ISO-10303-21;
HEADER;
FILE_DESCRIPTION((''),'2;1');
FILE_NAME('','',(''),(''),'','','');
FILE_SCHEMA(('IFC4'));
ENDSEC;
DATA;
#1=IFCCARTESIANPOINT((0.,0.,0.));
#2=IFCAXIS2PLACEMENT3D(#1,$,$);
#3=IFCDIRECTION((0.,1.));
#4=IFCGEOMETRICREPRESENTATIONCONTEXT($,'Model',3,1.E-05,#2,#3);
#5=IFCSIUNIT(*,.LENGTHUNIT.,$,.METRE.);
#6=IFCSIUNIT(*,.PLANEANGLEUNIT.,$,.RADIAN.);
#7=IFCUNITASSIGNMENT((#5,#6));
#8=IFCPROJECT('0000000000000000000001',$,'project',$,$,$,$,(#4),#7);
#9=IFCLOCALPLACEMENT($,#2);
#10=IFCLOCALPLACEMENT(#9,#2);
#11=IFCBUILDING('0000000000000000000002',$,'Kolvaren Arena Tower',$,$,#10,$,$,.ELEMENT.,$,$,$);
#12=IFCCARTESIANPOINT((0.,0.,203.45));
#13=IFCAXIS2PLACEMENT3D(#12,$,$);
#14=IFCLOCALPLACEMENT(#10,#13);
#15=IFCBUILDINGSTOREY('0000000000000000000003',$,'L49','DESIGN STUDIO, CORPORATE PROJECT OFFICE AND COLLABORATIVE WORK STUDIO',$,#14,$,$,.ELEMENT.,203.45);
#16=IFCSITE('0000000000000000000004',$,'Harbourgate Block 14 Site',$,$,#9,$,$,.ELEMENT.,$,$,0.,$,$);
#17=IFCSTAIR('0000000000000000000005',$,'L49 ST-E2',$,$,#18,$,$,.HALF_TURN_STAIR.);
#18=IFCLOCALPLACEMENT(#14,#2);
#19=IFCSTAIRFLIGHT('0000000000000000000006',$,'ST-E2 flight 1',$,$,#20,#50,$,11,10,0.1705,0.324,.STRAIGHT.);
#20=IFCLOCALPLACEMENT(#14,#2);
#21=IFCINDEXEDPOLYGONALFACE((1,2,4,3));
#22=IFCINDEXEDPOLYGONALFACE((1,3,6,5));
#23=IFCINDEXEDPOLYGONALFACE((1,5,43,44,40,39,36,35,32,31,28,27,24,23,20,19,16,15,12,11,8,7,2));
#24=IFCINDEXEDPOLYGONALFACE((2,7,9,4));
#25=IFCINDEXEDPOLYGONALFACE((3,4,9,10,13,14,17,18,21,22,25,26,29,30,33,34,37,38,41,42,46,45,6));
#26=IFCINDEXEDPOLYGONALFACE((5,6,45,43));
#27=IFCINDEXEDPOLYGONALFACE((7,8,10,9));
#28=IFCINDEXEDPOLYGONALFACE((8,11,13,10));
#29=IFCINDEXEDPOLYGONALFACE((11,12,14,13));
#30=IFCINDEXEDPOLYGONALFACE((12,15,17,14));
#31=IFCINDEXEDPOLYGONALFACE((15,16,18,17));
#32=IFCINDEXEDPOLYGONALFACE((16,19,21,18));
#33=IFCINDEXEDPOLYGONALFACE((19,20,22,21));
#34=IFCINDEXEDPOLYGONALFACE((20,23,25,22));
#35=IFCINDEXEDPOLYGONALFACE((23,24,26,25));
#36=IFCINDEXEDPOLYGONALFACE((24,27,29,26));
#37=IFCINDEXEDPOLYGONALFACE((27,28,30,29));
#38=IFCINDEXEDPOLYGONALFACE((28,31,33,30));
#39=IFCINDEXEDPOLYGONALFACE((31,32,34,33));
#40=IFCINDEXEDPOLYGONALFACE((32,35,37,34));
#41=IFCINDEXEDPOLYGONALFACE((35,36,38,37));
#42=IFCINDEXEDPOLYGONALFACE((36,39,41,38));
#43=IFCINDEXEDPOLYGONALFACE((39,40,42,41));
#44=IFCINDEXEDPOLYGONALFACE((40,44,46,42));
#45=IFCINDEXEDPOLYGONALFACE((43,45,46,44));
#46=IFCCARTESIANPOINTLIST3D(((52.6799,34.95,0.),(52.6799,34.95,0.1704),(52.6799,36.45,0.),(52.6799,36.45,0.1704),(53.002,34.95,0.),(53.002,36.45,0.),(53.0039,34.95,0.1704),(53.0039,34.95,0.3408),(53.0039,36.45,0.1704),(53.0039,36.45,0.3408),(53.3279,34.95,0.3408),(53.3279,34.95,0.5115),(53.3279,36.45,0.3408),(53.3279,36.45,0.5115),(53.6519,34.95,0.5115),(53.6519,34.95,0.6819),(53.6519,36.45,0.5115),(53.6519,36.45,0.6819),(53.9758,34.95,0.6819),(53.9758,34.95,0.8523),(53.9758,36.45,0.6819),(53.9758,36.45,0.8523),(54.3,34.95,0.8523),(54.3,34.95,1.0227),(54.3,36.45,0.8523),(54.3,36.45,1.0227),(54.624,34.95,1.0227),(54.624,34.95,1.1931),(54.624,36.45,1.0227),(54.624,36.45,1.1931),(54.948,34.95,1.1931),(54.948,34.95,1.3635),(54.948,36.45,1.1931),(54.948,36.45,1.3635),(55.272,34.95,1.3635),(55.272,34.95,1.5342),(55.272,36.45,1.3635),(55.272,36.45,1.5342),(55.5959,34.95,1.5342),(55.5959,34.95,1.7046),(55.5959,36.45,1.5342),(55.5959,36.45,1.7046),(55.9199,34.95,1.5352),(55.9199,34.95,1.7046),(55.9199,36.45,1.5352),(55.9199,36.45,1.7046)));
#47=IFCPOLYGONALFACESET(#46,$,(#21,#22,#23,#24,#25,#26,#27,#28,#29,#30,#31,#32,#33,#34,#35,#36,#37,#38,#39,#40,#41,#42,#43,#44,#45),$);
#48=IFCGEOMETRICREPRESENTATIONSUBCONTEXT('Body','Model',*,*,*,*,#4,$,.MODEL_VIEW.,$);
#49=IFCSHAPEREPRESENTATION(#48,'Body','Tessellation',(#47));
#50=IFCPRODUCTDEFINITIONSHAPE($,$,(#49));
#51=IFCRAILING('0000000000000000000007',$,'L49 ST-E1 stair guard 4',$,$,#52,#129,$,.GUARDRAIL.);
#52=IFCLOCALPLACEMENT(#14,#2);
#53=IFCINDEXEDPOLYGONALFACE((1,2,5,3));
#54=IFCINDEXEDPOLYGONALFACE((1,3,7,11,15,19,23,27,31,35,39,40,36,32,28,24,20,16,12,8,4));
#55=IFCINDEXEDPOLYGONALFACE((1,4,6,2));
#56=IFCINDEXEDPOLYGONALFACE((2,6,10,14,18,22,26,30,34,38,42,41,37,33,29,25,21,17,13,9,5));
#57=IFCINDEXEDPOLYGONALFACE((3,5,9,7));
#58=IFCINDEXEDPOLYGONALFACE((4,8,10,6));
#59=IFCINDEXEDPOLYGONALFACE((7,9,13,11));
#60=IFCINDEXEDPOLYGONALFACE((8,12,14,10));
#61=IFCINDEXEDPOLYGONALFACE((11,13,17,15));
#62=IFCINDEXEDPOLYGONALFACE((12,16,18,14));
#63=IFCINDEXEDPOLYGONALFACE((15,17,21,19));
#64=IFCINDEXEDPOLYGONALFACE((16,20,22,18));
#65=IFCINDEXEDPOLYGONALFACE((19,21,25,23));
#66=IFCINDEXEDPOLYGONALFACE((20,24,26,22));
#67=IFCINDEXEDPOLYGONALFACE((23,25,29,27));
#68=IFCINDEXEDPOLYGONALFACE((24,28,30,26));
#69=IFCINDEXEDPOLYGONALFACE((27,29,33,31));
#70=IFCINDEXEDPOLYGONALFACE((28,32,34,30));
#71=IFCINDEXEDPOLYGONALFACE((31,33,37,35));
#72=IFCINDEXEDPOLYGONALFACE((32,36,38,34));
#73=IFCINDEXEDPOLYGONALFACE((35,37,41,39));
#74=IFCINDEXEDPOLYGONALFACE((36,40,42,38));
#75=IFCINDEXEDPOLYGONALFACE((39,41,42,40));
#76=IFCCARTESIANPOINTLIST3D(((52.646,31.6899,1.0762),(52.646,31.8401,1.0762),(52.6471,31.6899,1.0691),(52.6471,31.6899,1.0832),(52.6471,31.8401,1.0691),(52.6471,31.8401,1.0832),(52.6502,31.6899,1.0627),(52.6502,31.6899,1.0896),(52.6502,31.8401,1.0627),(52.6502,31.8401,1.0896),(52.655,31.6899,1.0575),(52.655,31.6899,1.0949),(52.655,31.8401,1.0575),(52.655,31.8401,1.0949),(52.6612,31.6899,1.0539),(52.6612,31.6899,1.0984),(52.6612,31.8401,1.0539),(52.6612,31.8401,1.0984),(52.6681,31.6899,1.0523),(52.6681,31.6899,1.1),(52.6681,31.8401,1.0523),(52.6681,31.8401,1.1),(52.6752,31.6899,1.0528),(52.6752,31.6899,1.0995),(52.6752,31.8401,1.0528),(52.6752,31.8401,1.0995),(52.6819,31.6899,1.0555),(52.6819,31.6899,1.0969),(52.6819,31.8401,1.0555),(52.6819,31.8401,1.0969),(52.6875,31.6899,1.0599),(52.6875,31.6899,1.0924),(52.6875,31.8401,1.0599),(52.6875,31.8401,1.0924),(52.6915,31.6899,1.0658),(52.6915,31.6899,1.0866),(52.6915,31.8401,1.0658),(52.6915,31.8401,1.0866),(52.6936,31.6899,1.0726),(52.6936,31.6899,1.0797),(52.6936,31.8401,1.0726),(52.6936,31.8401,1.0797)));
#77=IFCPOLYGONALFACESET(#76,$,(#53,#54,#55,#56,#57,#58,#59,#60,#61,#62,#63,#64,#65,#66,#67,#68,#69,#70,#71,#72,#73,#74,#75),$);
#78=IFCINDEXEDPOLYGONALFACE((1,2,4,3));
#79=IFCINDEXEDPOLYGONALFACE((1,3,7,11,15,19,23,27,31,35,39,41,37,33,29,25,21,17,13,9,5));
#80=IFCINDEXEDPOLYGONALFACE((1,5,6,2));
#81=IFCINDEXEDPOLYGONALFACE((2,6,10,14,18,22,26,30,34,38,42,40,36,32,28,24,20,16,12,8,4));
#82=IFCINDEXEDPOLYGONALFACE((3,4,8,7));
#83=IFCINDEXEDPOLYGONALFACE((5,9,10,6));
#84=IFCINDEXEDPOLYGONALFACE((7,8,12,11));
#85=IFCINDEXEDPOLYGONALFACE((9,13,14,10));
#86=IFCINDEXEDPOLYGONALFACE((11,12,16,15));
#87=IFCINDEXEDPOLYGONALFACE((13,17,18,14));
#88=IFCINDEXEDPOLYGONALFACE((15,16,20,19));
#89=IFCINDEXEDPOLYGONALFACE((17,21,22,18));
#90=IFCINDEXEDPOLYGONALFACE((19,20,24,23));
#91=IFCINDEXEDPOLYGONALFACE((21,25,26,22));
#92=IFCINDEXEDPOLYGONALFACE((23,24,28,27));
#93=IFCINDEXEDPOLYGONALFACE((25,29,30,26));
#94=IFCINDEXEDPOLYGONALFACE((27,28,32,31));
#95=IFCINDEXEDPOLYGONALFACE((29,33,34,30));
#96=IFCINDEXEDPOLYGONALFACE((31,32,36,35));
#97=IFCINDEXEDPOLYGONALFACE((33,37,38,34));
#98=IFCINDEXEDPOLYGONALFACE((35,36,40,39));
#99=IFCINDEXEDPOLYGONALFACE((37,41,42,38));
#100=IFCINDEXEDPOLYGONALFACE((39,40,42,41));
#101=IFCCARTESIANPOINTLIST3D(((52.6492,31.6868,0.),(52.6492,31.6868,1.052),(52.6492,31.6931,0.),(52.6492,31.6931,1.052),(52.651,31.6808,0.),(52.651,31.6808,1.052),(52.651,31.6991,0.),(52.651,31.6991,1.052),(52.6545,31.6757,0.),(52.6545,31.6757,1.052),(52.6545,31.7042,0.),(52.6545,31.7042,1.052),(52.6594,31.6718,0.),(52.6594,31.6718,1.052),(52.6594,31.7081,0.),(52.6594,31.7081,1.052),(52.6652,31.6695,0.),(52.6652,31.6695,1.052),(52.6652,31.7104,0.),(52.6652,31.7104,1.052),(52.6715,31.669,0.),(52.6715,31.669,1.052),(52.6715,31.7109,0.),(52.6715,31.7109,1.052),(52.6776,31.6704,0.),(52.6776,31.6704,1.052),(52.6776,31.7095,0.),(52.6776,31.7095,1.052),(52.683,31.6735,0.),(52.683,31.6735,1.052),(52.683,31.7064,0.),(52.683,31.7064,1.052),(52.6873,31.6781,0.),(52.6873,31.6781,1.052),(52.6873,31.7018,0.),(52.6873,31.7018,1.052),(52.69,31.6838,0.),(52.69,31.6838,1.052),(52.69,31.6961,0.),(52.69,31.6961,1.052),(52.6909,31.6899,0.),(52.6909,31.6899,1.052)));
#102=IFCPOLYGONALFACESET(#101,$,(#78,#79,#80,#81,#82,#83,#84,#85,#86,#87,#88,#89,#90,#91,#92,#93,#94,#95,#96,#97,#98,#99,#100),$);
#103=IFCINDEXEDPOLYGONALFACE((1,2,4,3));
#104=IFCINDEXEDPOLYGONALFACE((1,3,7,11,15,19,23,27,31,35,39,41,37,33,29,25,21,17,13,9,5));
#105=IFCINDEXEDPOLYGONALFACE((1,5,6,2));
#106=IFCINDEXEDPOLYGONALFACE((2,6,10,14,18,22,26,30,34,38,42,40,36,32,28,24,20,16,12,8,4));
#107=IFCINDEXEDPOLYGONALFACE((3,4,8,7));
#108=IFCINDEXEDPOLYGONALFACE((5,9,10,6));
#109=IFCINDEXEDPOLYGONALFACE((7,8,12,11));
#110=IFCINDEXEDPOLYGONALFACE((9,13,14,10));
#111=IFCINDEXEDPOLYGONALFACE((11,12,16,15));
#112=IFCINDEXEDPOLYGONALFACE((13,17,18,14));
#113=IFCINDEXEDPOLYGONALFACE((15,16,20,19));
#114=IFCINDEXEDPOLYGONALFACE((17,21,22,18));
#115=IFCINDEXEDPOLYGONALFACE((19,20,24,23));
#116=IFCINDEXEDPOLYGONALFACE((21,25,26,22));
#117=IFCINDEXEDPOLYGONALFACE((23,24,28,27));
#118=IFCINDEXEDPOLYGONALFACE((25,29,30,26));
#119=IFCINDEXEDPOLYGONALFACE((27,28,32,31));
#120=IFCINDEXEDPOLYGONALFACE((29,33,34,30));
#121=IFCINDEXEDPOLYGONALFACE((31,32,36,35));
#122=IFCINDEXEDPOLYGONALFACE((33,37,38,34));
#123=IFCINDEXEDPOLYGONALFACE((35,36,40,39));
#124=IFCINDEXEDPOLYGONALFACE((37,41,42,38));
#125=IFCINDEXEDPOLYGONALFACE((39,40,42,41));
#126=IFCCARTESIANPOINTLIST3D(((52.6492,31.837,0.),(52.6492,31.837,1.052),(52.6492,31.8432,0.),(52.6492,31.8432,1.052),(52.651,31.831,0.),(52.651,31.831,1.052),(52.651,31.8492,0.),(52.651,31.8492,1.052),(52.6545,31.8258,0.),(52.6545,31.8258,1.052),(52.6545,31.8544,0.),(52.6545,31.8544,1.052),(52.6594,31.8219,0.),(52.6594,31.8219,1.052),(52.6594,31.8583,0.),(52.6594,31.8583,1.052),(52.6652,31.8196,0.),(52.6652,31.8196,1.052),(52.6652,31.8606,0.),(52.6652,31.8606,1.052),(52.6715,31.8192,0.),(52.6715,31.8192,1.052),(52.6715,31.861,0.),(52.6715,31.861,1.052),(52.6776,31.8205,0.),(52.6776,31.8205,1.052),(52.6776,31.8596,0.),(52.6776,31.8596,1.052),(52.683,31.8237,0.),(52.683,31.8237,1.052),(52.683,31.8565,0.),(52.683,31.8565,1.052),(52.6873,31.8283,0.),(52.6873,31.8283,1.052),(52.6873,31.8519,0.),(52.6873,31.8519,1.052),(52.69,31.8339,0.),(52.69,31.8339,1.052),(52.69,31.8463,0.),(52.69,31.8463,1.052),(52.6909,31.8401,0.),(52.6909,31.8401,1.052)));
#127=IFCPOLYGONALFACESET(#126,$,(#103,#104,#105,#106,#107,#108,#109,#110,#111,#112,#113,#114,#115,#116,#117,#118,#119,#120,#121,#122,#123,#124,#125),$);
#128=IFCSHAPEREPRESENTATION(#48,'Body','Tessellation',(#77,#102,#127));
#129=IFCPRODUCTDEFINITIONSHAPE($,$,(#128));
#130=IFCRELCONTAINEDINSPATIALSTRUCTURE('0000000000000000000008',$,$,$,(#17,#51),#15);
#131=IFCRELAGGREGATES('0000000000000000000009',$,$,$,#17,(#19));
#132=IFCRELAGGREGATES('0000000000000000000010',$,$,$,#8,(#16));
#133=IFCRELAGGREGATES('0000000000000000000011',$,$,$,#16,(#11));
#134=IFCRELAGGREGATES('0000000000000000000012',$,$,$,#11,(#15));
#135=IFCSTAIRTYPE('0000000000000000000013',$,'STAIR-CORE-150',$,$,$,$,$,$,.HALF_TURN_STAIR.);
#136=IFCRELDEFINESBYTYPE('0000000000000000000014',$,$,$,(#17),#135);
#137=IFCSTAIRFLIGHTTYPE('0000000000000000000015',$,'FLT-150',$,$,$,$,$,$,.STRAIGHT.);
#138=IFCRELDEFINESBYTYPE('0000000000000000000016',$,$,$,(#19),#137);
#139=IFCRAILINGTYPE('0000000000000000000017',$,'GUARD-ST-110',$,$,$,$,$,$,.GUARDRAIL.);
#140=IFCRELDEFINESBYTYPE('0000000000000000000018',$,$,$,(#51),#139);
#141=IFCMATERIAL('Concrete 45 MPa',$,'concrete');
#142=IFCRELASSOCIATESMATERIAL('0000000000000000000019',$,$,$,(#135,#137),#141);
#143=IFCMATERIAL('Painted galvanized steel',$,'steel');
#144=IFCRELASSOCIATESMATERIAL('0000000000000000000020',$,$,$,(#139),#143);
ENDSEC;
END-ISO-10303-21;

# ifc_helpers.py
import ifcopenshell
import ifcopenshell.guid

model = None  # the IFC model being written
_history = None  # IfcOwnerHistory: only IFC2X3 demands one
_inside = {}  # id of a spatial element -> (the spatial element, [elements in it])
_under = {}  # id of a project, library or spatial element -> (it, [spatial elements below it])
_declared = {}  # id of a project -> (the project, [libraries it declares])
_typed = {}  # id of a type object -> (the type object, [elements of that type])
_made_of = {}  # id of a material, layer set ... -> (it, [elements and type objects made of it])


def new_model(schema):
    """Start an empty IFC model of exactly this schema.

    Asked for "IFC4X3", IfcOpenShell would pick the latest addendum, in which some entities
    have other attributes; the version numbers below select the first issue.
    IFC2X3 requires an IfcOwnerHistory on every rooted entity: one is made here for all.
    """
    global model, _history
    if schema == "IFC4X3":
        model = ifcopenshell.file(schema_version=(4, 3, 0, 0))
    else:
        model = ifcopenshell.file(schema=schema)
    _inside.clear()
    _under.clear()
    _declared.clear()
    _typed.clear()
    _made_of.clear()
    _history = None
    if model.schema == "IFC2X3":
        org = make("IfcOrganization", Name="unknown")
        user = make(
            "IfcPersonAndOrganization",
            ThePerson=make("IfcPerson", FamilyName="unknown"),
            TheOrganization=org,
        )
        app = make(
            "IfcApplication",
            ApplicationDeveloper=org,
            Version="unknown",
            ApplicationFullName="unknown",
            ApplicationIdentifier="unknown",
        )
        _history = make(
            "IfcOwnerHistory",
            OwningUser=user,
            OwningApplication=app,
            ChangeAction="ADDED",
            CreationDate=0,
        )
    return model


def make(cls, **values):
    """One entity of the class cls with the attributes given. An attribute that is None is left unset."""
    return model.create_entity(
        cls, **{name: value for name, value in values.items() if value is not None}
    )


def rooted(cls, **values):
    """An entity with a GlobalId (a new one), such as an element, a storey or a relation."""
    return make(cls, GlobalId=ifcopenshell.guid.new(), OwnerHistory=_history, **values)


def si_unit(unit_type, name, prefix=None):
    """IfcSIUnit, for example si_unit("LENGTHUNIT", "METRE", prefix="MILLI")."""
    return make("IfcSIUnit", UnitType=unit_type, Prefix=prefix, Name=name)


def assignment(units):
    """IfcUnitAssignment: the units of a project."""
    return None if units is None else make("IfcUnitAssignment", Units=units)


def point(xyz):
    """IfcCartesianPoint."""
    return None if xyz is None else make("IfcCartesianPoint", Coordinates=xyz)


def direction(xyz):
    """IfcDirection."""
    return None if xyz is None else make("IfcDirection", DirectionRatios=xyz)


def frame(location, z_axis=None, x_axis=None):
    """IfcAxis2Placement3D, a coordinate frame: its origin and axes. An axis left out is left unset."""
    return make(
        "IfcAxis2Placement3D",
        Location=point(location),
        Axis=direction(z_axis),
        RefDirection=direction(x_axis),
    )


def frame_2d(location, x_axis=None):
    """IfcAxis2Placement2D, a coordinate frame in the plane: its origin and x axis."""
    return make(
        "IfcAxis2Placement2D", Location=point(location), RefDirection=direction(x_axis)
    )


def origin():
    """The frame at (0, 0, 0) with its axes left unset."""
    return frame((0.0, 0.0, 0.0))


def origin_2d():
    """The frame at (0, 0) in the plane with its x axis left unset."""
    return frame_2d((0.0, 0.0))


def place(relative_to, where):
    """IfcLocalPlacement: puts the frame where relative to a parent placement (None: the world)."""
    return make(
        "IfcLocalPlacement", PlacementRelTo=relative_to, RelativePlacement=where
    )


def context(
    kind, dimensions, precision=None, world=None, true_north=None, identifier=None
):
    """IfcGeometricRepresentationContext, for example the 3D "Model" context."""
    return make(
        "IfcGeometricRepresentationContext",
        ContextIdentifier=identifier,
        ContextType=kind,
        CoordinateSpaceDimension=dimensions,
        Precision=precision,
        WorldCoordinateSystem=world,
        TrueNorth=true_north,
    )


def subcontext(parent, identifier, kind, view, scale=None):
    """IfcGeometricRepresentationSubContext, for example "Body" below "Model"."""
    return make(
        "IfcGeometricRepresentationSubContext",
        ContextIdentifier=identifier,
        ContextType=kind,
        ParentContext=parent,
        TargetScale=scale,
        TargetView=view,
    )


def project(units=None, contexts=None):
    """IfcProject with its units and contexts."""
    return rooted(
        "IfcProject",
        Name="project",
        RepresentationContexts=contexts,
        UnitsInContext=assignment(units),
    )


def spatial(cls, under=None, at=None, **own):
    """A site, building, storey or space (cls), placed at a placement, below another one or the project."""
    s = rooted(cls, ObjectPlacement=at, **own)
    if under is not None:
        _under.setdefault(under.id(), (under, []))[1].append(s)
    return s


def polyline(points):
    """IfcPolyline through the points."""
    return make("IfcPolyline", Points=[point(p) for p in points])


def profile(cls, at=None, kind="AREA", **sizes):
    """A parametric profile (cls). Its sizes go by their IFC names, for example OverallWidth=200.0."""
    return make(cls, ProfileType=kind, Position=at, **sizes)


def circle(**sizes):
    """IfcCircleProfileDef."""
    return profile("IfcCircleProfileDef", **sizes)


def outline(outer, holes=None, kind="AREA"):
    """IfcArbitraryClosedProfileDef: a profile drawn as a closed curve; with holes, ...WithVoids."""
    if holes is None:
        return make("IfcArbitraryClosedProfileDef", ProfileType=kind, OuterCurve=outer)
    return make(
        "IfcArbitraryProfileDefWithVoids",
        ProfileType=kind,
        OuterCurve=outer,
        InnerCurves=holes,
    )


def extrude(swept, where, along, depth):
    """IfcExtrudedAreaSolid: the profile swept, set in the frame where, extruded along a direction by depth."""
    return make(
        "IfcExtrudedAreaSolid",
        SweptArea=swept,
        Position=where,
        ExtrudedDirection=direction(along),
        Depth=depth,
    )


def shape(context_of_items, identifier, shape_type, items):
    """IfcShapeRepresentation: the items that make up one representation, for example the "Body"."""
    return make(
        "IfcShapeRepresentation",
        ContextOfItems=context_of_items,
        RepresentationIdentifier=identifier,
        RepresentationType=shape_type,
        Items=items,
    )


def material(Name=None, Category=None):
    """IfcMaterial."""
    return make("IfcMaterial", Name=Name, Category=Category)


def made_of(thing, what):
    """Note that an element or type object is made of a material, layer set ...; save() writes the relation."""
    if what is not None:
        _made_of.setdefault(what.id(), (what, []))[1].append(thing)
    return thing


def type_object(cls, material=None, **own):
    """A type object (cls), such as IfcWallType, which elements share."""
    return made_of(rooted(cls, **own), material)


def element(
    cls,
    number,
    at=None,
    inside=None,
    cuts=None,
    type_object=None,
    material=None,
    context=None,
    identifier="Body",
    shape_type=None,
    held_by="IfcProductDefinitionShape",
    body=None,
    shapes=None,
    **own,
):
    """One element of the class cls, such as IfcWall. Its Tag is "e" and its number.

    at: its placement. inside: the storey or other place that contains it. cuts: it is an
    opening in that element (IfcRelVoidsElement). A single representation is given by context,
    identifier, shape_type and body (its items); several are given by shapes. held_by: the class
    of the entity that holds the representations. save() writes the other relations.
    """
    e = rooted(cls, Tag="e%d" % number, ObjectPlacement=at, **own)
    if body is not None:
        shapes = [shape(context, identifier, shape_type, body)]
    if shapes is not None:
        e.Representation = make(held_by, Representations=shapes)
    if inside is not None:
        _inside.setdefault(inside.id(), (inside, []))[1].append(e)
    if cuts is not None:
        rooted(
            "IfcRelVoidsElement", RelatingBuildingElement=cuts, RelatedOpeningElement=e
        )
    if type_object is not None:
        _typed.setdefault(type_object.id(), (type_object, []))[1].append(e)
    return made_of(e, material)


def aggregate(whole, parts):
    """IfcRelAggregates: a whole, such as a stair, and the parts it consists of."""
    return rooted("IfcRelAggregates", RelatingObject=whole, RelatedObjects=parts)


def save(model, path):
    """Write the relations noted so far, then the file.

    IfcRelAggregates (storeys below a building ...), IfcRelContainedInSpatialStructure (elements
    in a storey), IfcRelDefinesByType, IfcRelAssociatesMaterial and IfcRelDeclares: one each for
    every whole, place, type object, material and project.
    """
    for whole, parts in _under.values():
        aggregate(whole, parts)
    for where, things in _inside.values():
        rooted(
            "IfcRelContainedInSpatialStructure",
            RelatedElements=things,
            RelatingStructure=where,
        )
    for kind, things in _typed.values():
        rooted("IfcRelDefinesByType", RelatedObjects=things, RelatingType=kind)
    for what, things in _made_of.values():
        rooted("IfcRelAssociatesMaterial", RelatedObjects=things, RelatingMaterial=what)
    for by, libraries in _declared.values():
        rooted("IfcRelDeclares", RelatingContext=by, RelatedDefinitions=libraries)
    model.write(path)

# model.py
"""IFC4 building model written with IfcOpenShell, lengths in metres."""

from ifc_helpers import new_model, si_unit, direction, frame, origin, origin_2d, place, context, subcontext, project, spatial, polyline, circle, outline, extrude, material, type_object, element, aggregate, save


model = new_model("IFC4")

# Units and contexts
model_context = context("Model", 3, precision=1e-05, world=origin(), true_north=direction((0.0, 1.0)))
body_context = subcontext(model_context, "Body", "Model", "MODEL_VIEW")
ifc_project = project(units=[si_unit("LENGTHUNIT", "METRE"), si_unit("PLANEANGLEUNIT", "RADIAN")], contexts=[model_context])

# Site, building, storey
site_placement = place(None, origin())
site = spatial("IfcSite", under=ifc_project, at=site_placement, Name="Harbourgate Block 14 Site", CompositionType="ELEMENT", RefElevation=0.0)
building_placement = place(site_placement, origin())
building = spatial("IfcBuilding", under=site, at=building_placement, Name="Kolvaren Arena Tower", CompositionType="ELEMENT")
storey_placement = place(building_placement, frame((0.0, 0.0, 203.45)))
storey = spatial("IfcBuildingStorey", under=building, at=storey_placement, Name="L49", Description="DESIGN STUDIO, CORPORATE PROJECT OFFICE AND COLLABORATIVE WORK STUDIO", CompositionType="ELEMENT", Elevation=203.45)

# Shared definitions
ifc_material_1 = material(Name="Concrete 45 MPa", Category="concrete")

# Stair, stair flight
stair_type = type_object("IfcStairType", Name="STAIR-CORE-150", PredefinedType="HALF_TURN_STAIR", material=ifc_material_1)
stair_placement = place(storey_placement, origin())
stair = element("IfcStair", 1, at=stair_placement, inside=storey, type_object=stair_type, Name="L49 ST-E2", PredefinedType="HALF_TURN_STAIR")
stair_flight_type = type_object("IfcStairFlightType", Name="FLT-150", PredefinedType="STRAIGHT", material=ifc_material_1)
stair_flight_placement = place(storey_placement, frame((52.6799, 35.7, 0.0), z_axis=(0.0, 0.0, 1.0), x_axis=(1.0, 0.0, 0.0)))
stair_flight = element("IfcStairFlight", 2, at=stair_flight_placement, type_object=stair_flight_type, Name="ST-E2 flight 1", NumberOfRisers=11, NumberOfTreads=10, PredefinedType="STRAIGHT", RiserHeight=0.1705, TreadLength=0.324, context=body_context, shape_type="SweptSolid", body=[
    extrude(outline(polyline([(0.0, 0.0), (0.0, 0.1704), (0.324, 0.1704), (0.324, 0.3408), (0.6479, 0.3408), (0.6479, 0.5115), (0.9719, 0.5115), (0.9719, 0.6819), (1.2959, 0.6819), (1.2959, 0.8523), (1.6201, 0.8523), (1.6201, 1.0227), (1.9441, 1.0227), (1.9441, 1.1931), (2.2681, 1.1931), (2.2681, 1.3635), (2.592, 1.3635), (2.592, 1.5342), (2.916, 1.5342), (2.916, 1.7046), (3.24, 1.7046), (3.24, 1.875), (3.24, 1.5352), (0.322, 0.0), (0.0, 0.0)])), frame((0.0, 0.75, 0.0), z_axis=(0.0, -1.0, 0.0), x_axis=(1.0, 0.0, 0.0)), (0.0, 0.0, 1.0), 1.5),
])
aggregate(stair, [stair_flight])

# Railing
ifc_material_2 = material(Name="Painted galvanized steel", Category="steel")
railing_type_1 = type_object("IfcRailingType", Name="GUARD-ST-110", PredefinedType="GUARDRAIL", material=ifc_material_2)
railing_1_placement = place(storey_placement, frame((52.6699, 31.6899, 0.0)))
element("IfcRailing", 3, at=railing_1_placement, inside=storey, type_object=railing_type_1, Name="L49 ST-E1 stair guard 4", PredefinedType="GUARDRAIL", context=body_context, shape_type="SweptSolid", body=[
    extrude(circle(Radius=0.0239, at=origin_2d()), frame((0.0, 0.0, 1.0762), z_axis=(0.0, 1.0, 0.0), x_axis=(-1.0, 0.0, 0.0)), (0.0, 0.0, 1.0), 0.1501),
    extrude(circle(Radius=0.021, at=origin_2d()), origin(), (0.0, 0.0, 1.0), 1.052),
    extrude(circle(Radius=0.021, at=origin_2d()), frame((0.0, 0.1501, 0.0)), (0.0, 0.0, 1.0), 1.052),
])

save(model, "model.ifc")
